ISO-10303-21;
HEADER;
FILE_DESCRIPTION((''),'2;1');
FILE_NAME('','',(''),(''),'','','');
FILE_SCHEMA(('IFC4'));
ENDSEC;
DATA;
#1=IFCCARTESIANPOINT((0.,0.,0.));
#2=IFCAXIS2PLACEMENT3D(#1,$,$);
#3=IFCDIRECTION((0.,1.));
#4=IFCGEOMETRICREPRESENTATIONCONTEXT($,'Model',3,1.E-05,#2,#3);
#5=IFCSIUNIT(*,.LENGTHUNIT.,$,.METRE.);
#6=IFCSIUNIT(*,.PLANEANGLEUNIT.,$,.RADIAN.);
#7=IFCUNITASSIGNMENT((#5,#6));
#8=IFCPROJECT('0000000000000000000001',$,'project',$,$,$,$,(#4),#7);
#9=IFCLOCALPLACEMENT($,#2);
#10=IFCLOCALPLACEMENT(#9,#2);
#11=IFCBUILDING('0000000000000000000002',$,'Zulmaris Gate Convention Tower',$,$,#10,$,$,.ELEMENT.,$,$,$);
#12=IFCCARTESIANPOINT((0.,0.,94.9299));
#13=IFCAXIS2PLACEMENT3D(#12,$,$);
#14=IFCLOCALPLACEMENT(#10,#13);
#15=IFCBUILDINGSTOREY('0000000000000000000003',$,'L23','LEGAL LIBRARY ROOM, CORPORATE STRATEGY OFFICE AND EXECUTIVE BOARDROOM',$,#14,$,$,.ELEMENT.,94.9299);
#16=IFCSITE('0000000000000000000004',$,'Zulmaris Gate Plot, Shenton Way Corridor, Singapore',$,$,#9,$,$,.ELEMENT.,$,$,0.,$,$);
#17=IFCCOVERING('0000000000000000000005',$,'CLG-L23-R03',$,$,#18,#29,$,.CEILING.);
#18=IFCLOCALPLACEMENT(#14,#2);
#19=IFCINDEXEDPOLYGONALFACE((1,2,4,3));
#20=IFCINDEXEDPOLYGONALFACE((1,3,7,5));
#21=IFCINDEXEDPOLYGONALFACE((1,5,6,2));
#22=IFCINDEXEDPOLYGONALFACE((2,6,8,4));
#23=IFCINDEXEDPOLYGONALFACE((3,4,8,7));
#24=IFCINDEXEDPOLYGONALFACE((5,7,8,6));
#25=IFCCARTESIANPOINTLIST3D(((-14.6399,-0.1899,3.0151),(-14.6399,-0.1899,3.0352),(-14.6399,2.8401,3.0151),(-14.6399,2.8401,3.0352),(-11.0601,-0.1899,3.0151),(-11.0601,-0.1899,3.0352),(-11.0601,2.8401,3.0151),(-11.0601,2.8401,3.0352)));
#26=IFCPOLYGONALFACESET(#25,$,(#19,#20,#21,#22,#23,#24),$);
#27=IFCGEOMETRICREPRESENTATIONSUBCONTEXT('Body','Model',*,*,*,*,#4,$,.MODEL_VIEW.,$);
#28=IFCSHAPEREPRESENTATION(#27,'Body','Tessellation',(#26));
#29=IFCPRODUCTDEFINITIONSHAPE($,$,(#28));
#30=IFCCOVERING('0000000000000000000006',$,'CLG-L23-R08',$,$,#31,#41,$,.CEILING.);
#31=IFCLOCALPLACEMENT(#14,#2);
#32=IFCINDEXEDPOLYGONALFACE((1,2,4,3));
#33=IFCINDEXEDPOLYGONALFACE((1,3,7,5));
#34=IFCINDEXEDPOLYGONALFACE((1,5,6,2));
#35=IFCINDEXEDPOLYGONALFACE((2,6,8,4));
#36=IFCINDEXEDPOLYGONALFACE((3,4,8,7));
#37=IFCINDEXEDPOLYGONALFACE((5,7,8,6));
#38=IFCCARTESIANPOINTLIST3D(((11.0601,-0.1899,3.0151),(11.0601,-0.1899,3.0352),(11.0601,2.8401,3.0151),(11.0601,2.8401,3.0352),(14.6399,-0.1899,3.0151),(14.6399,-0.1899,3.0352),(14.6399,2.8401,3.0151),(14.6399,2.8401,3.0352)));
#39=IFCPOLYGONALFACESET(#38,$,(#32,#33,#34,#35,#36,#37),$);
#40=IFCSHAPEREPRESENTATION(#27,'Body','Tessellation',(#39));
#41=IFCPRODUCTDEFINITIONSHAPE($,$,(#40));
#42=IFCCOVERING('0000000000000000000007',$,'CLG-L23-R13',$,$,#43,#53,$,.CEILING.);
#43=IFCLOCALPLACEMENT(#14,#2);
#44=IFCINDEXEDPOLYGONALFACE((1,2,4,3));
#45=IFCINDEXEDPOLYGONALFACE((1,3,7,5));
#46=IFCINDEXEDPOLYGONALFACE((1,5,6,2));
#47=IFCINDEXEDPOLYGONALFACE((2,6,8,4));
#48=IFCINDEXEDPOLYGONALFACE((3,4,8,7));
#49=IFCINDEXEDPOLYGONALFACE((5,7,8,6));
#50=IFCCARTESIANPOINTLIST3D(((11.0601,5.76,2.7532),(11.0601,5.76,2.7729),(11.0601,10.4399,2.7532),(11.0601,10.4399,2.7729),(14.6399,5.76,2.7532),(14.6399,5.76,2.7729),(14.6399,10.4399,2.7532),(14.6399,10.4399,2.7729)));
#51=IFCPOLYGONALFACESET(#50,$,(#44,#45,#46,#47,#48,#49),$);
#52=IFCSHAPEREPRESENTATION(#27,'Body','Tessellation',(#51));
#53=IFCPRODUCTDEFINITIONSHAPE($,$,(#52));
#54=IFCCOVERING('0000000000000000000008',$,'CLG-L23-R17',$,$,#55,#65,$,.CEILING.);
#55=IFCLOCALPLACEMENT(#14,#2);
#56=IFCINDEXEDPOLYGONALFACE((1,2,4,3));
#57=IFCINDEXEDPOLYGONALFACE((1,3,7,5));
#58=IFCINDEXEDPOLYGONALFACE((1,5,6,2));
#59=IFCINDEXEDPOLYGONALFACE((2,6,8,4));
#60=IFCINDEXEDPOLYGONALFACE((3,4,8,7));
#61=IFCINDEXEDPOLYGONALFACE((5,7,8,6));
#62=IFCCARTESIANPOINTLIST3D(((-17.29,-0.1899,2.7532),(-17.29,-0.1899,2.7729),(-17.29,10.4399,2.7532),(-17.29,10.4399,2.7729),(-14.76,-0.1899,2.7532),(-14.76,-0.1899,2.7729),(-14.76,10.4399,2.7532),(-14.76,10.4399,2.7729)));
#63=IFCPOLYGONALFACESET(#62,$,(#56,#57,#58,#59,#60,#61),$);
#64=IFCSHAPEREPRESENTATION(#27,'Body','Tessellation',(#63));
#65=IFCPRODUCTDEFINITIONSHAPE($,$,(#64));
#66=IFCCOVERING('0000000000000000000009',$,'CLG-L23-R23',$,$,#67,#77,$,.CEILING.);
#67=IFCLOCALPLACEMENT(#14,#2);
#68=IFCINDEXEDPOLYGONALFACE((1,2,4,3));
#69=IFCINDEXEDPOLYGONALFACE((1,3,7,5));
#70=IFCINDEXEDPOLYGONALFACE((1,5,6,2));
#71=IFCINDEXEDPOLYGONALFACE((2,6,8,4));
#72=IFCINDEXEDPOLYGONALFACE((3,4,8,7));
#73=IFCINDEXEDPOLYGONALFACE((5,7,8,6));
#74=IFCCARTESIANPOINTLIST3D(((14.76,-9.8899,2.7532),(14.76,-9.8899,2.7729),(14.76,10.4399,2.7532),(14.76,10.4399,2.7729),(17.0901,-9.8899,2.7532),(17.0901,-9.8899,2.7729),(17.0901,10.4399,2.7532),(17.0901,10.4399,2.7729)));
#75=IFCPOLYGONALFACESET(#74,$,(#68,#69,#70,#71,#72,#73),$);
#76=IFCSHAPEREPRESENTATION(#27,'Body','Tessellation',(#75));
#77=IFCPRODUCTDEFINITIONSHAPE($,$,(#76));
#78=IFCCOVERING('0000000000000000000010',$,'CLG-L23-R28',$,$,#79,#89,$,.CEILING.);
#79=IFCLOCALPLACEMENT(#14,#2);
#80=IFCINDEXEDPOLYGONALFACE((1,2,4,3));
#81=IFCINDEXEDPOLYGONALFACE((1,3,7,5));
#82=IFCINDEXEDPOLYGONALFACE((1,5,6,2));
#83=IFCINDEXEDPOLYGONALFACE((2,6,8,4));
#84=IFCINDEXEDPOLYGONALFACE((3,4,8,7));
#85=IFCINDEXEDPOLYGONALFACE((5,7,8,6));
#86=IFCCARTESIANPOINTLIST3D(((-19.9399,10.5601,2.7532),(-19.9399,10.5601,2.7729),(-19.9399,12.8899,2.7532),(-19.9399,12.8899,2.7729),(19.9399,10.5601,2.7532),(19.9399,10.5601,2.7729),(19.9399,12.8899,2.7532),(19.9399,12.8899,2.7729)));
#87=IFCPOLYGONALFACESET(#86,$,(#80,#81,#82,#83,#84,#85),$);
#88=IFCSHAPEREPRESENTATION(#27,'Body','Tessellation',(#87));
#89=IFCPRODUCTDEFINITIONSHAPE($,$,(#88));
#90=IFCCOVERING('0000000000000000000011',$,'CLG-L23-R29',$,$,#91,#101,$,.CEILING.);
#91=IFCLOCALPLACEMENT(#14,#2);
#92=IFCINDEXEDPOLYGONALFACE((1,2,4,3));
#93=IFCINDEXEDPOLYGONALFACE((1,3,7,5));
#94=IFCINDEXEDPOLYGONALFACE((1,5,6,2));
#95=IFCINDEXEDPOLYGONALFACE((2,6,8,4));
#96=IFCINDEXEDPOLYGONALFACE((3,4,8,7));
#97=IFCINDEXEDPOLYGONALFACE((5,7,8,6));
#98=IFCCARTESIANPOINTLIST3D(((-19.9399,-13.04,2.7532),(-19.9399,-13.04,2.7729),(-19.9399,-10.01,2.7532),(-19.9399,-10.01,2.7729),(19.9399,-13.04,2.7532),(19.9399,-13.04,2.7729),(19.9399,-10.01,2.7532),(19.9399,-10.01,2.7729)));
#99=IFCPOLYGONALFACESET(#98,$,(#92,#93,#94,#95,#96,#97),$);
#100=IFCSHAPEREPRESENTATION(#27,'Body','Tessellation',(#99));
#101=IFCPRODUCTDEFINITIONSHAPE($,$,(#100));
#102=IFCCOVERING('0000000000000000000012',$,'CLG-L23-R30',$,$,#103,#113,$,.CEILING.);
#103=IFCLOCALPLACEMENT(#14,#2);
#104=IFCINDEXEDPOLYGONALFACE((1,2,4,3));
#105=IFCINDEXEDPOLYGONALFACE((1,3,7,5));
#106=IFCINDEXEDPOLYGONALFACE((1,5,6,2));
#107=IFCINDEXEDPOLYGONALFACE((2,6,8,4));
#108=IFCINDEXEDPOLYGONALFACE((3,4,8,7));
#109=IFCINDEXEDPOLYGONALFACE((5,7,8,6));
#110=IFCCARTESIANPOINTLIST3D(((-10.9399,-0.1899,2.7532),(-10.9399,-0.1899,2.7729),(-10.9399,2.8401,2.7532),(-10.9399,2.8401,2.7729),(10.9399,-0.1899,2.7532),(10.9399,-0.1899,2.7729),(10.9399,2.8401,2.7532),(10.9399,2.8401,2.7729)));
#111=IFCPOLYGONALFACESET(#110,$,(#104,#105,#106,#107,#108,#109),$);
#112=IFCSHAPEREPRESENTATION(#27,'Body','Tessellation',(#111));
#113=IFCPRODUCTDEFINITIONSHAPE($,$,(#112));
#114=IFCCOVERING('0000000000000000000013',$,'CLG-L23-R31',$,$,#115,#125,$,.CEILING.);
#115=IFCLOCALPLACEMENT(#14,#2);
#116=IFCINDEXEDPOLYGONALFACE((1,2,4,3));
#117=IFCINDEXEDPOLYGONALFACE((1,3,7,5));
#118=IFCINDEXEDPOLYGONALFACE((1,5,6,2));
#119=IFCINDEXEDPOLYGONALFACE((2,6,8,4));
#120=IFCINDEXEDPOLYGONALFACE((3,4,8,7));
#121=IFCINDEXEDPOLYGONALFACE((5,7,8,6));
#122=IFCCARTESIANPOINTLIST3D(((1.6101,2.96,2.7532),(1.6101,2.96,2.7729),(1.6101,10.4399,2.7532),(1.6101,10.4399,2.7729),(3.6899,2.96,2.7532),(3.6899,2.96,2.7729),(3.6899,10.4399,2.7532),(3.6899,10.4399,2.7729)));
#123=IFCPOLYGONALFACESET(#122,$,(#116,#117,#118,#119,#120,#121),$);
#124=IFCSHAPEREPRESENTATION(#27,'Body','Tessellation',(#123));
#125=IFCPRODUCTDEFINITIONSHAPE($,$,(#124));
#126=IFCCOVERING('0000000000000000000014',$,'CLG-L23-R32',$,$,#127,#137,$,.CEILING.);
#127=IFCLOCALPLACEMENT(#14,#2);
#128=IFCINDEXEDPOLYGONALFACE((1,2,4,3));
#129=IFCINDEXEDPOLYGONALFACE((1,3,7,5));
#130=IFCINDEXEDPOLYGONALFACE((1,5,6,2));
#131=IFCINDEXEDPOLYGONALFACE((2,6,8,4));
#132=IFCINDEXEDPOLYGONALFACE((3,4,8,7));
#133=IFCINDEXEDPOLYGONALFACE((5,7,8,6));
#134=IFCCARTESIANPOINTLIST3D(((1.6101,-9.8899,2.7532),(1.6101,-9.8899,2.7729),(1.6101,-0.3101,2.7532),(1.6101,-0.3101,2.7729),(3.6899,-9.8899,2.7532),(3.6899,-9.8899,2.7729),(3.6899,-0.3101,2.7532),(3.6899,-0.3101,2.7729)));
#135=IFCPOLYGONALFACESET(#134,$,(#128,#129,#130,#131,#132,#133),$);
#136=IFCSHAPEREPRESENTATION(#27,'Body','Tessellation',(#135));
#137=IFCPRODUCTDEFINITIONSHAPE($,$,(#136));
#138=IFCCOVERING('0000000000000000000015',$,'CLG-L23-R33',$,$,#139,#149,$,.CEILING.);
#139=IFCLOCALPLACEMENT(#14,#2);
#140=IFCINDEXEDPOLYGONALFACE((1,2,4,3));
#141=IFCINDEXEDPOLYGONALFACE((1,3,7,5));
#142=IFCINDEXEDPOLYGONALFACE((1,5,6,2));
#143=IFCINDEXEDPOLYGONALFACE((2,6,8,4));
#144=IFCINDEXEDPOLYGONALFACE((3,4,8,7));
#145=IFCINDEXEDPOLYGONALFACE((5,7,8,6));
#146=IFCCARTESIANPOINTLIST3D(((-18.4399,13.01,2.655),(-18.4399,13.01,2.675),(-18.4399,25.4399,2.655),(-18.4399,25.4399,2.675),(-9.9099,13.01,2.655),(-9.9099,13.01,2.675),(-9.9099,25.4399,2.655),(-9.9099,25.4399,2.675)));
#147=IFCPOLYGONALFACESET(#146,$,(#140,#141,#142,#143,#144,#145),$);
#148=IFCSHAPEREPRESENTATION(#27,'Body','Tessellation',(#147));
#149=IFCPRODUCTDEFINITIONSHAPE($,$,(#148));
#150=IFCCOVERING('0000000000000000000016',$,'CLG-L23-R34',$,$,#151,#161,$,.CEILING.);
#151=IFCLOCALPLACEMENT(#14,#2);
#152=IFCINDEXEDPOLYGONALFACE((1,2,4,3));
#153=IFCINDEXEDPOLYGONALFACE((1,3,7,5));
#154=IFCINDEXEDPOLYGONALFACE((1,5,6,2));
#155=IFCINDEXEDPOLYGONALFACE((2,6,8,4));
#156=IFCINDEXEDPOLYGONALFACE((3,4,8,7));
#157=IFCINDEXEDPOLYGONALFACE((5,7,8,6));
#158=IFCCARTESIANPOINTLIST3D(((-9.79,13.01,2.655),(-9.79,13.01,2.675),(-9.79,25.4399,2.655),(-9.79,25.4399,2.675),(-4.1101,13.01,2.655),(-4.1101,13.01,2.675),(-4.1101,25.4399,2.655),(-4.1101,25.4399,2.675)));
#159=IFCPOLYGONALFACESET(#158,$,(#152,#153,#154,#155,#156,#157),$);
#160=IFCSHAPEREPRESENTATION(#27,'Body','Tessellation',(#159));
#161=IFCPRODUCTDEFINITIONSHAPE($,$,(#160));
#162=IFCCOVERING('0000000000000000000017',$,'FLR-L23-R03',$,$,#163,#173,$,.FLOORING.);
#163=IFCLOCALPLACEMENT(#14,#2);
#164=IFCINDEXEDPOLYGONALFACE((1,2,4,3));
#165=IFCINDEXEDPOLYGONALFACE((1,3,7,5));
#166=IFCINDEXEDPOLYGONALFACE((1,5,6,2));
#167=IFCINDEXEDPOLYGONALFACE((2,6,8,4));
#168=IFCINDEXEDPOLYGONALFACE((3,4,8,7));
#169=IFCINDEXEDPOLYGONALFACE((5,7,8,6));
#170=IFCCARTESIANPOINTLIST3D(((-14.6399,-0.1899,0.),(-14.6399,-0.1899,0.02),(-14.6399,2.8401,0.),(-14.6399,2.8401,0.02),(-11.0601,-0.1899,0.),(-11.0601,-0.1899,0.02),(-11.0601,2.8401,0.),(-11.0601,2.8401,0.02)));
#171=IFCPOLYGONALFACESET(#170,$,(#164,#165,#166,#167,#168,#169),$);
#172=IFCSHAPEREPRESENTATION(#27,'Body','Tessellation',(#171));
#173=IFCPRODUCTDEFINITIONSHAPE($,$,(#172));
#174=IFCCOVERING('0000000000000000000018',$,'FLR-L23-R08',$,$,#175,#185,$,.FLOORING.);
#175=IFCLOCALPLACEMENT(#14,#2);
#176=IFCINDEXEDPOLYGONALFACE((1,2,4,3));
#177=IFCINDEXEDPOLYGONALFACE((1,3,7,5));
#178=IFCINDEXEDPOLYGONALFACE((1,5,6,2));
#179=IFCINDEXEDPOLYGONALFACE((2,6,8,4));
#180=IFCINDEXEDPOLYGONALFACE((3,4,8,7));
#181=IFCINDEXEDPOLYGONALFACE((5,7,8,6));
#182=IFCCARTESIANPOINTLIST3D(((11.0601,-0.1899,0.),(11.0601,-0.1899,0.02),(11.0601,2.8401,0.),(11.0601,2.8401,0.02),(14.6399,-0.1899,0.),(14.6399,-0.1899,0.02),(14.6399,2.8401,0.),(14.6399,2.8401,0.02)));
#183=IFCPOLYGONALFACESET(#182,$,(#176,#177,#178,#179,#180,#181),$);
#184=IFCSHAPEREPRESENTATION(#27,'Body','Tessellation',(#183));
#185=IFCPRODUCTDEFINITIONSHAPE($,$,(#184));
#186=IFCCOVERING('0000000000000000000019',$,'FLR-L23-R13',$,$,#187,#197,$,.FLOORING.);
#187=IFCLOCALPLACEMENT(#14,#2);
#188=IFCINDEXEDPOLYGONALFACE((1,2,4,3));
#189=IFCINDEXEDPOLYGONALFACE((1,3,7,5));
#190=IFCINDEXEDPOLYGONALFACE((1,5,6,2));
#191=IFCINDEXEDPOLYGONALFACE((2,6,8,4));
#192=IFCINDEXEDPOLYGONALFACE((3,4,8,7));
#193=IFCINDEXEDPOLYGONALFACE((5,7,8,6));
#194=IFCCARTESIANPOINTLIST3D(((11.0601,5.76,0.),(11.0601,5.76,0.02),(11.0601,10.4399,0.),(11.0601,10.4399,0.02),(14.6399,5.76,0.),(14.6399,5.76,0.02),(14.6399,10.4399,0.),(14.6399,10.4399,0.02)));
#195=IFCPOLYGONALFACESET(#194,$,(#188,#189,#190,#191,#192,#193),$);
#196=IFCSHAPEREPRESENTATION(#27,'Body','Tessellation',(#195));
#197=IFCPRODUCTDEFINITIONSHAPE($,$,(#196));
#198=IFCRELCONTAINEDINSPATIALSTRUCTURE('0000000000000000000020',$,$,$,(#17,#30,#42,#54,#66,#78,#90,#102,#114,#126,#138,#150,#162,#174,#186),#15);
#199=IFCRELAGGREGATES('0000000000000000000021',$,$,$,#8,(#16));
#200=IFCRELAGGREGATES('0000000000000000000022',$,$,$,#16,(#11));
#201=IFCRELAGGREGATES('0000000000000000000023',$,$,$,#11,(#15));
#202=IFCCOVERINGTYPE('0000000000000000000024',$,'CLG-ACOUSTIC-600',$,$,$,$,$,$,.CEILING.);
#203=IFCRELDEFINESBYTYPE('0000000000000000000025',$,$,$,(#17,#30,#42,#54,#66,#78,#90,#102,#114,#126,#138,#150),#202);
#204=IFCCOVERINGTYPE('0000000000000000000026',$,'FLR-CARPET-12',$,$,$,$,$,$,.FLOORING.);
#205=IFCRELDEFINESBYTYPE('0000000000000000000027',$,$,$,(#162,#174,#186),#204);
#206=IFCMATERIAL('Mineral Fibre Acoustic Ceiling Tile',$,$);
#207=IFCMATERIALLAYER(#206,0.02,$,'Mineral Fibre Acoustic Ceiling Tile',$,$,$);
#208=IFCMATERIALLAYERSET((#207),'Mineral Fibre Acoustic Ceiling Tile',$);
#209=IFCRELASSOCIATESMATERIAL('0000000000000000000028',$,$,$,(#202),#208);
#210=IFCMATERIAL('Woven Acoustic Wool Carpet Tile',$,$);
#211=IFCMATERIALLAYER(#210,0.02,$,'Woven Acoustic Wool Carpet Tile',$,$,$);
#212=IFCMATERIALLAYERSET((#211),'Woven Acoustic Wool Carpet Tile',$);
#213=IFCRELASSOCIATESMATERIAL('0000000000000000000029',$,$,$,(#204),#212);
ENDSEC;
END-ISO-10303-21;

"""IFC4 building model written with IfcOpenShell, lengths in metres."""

from ifc_helpers import new_model, si_unit, direction, frame, origin, place, context, subcontext, project, spatial, polyline, outline, extrude, material, layer, layer_set, type_object, element, save


model = new_model("IFC4")

# Units and contexts
model_context = context("Model", 3, precision=1e-05, world=origin(), true_north=direction((0.0, 1.0)))
body_context = subcontext(model_context, "Body", "Model", "MODEL_VIEW")
ifc_project = project(units=[si_unit("LENGTHUNIT", "METRE"), si_unit("PLANEANGLEUNIT", "RADIAN")], contexts=[model_context])

# Site, building, storey
site_placement = place(None, origin())
site = spatial("IfcSite", under=ifc_project, at=site_placement, Name="Zulmaris Gate Plot, Shenton Way Corridor, Singapore", CompositionType="ELEMENT", RefElevation=0.0)
building_placement = place(site_placement, origin())
building = spatial("IfcBuilding", under=site, at=building_placement, Name="Zulmaris Gate Convention Tower", CompositionType="ELEMENT")
storey_placement = place(building_placement, frame((0.0, 0.0, 94.9299)))
storey = spatial("IfcBuildingStorey", under=building, at=storey_placement, Name="L23", Description="LEGAL LIBRARY ROOM, CORPORATE STRATEGY OFFICE AND EXECUTIVE BOARDROOM", CompositionType="ELEMENT", Elevation=94.9299)

# Coverings
ifc_material_1 = material(Name="Mineral Fibre Acoustic Ceiling Tile")
ifc_layer_1 = layer(ifc_material_1, 0.02, Name="Mineral Fibre Acoustic Ceiling Tile")
ifc_layer_set_1 = layer_set([ifc_layer_1], Name="Mineral Fibre Acoustic Ceiling Tile")
covering_type_1 = type_object("IfcCoveringType", Name="CLG-ACOUSTIC-600", PredefinedType="CEILING", material=ifc_layer_set_1)
covering_1_placement = place(storey_placement, frame((0.0, 0.0, 3.0151)))
element("IfcCovering", 1, at=covering_1_placement, inside=storey, type_object=covering_type_1, Name="CLG-L23-R03", PredefinedType="CEILING", context=body_context, shape_type="SweptSolid", body=[
    extrude(outline(polyline([(-14.6399, -0.1899), (-11.0601, -0.1899), (-11.0601, 2.8401), (-14.6399, 2.8401), (-14.6399, -0.1899)])), origin(), (0.0, 0.0, 1.0), 0.02),
])
covering_2_placement = place(storey_placement, frame((0.0, 0.0, 3.0151)))
element("IfcCovering", 2, at=covering_2_placement, inside=storey, type_object=covering_type_1, Name="CLG-L23-R08", PredefinedType="CEILING", context=body_context, shape_type="SweptSolid", body=[
    extrude(outline(polyline([(11.0601, -0.1899), (14.6399, -0.1899), (14.6399, 2.8401), (11.0601, 2.8401), (11.0601, -0.1899)])), origin(), (0.0, 0.0, 1.0), 0.02),
])
covering_3_placement = place(storey_placement, frame((0.0, 0.0, 2.7532)))
element("IfcCovering", 3, at=covering_3_placement, inside=storey, type_object=covering_type_1, Name="CLG-L23-R13", PredefinedType="CEILING", context=body_context, shape_type="SweptSolid", body=[
    extrude(outline(polyline([(11.0601, 5.76), (14.6399, 5.76), (14.6399, 10.4399), (11.0601, 10.4399), (11.0601, 5.76)])), origin(), (0.0, 0.0, 1.0), 0.0198),
])
covering_4_placement = place(storey_placement, frame((0.0, 0.0, 2.7532)))
element("IfcCovering", 4, at=covering_4_placement, inside=storey, type_object=covering_type_1, Name="CLG-L23-R17", PredefinedType="CEILING", context=body_context, shape_type="SweptSolid", body=[
    extrude(outline(polyline([(-17.29, -0.1899), (-14.76, -0.1899), (-14.76, 10.4399), (-17.29, 10.4399), (-17.29, -0.1899)])), origin(), (0.0, 0.0, 1.0), 0.0198),
])
covering_5_placement = place(storey_placement, frame((0.0, 0.0, 2.7532)))
element("IfcCovering", 5, at=covering_5_placement, inside=storey, type_object=covering_type_1, Name="CLG-L23-R23", PredefinedType="CEILING", context=body_context, shape_type="SweptSolid", body=[
    extrude(outline(polyline([(14.76, -9.8899), (17.0901, -9.8899), (17.0901, 10.4399), (14.76, 10.4399), (14.76, -9.8899)])), origin(), (0.0, 0.0, 1.0), 0.0198),
])
covering_6_placement = place(storey_placement, frame((0.0, 0.0, 2.7532)))
element("IfcCovering", 6, at=covering_6_placement, inside=storey, type_object=covering_type_1, Name="CLG-L23-R28", PredefinedType="CEILING", context=body_context, shape_type="SweptSolid", body=[
    extrude(outline(polyline([(-19.9399, 10.5601), (19.9399, 10.5601), (19.9399, 12.8899), (-19.9399, 12.8899), (-19.9399, 10.5601)])), origin(), (0.0, 0.0, 1.0), 0.0198),
])
covering_7_placement = place(storey_placement, frame((0.0, 0.0, 2.7532)))
element("IfcCovering", 7, at=covering_7_placement, inside=storey, type_object=covering_type_1, Name="CLG-L23-R29", PredefinedType="CEILING", context=body_context, shape_type="SweptSolid", body=[
    extrude(outline(polyline([(-19.9399, -13.04), (19.9399, -13.04), (19.9399, -10.01), (-19.9399, -10.01), (-19.9399, -13.04)])), origin(), (0.0, 0.0, 1.0), 0.0198),
])
covering_8_placement = place(storey_placement, frame((0.0, 0.0, 2.7532)))
element("IfcCovering", 8, at=covering_8_placement, inside=storey, type_object=covering_type_1, Name="CLG-L23-R30", PredefinedType="CEILING", context=body_context, shape_type="SweptSolid", body=[
    extrude(outline(polyline([(-10.9399, -0.1899), (10.9399, -0.1899), (10.9399, 2.8401), (-10.9399, 2.8401), (-10.9399, -0.1899)])), origin(), (0.0, 0.0, 1.0), 0.0198),
])
covering_9_placement = place(storey_placement, frame((0.0, 0.0, 2.7532)))
element("IfcCovering", 9, at=covering_9_placement, inside=storey, type_object=covering_type_1, Name="CLG-L23-R31", PredefinedType="CEILING", context=body_context, shape_type="SweptSolid", body=[
    extrude(outline(polyline([(1.6101, 2.96), (3.6899, 2.96), (3.6899, 10.4399), (1.6101, 10.4399), (1.6101, 2.96)])), origin(), (0.0, 0.0, 1.0), 0.0198),
])
covering_10_placement = place(storey_placement, frame((0.0, 0.0, 2.7532)))
element("IfcCovering", 10, at=covering_10_placement, inside=storey, type_object=covering_type_1, Name="CLG-L23-R32", PredefinedType="CEILING", context=body_context, shape_type="SweptSolid", body=[
    extrude(outline(polyline([(1.6101, -9.8899), (3.6899, -9.8899), (3.6899, -0.3101), (1.6101, -0.3101), (1.6101, -9.8899)])), origin(), (0.0, 0.0, 1.0), 0.0198),
])
covering_11_placement = place(storey_placement, frame((0.0, 0.0, 2.655)))
element("IfcCovering", 11, at=covering_11_placement, inside=storey, type_object=covering_type_1, Name="CLG-L23-R33", PredefinedType="CEILING", context=body_context, shape_type="SweptSolid", body=[
    extrude(outline(polyline([(-18.4399, 13.01), (-9.9099, 13.01), (-9.9099, 25.4399), (-18.4399, 25.4399), (-18.4399, 13.01)])), origin(), (0.0, 0.0, 1.0), 0.02),
])
covering_12_placement = place(storey_placement, frame((0.0, 0.0, 2.655)))
element("IfcCovering", 12, at=covering_12_placement, inside=storey, type_object=covering_type_1, Name="CLG-L23-R34", PredefinedType="CEILING", context=body_context, shape_type="SweptSolid", body=[
    extrude(outline(polyline([(-9.79, 13.01), (-4.1101, 13.01), (-4.1101, 25.4399), (-9.79, 25.4399), (-9.79, 13.01)])), origin(), (0.0, 0.0, 1.0), 0.02),
])
ifc_material_2 = material(Name="Woven Acoustic Wool Carpet Tile")
ifc_layer_2 = layer(ifc_material_2, 0.02, Name="Woven Acoustic Wool Carpet Tile")
ifc_layer_set_2 = layer_set([ifc_layer_2], Name="Woven Acoustic Wool Carpet Tile")
covering_type_2 = type_object("IfcCoveringType", Name="FLR-CARPET-12", PredefinedType="FLOORING", material=ifc_layer_set_2)
covering_13_placement = place(storey_placement, origin())
element("IfcCovering", 13, at=covering_13_placement, inside=storey, type_object=covering_type_2, Name="FLR-L23-R03", PredefinedType="FLOORING", context=body_context, shape_type="SweptSolid", body=[
    extrude(outline(polyline([(-14.6399, -0.1899), (-11.0601, -0.1899), (-11.0601, 2.8401), (-14.6399, 2.8401), (-14.6399, -0.1899)])), origin(), (0.0, 0.0, 1.0), 0.02),
])
covering_14_placement = place(storey_placement, origin())
element("IfcCovering", 14, at=covering_14_placement, inside=storey, type_object=covering_type_2, Name="FLR-L23-R08", PredefinedType="FLOORING", context=body_context, shape_type="SweptSolid", body=[
    extrude(outline(polyline([(11.0601, -0.1899), (14.6399, -0.1899), (14.6399, 2.8401), (11.0601, 2.8401), (11.0601, -0.1899)])), origin(), (0.0, 0.0, 1.0), 0.02),
])
covering_15_placement = place(storey_placement, origin())
element("IfcCovering", 15, at=covering_15_placement, inside=storey, type_object=covering_type_2, Name="FLR-L23-R13", PredefinedType="FLOORING", context=body_context, shape_type="SweptSolid", body=[
    extrude(outline(polyline([(11.0601, 5.76), (14.6399, 5.76), (14.6399, 10.4399), (11.0601, 10.4399), (11.0601, 5.76)])), origin(), (0.0, 0.0, 1.0), 0.02),
])

save(model, "model.ifc")
